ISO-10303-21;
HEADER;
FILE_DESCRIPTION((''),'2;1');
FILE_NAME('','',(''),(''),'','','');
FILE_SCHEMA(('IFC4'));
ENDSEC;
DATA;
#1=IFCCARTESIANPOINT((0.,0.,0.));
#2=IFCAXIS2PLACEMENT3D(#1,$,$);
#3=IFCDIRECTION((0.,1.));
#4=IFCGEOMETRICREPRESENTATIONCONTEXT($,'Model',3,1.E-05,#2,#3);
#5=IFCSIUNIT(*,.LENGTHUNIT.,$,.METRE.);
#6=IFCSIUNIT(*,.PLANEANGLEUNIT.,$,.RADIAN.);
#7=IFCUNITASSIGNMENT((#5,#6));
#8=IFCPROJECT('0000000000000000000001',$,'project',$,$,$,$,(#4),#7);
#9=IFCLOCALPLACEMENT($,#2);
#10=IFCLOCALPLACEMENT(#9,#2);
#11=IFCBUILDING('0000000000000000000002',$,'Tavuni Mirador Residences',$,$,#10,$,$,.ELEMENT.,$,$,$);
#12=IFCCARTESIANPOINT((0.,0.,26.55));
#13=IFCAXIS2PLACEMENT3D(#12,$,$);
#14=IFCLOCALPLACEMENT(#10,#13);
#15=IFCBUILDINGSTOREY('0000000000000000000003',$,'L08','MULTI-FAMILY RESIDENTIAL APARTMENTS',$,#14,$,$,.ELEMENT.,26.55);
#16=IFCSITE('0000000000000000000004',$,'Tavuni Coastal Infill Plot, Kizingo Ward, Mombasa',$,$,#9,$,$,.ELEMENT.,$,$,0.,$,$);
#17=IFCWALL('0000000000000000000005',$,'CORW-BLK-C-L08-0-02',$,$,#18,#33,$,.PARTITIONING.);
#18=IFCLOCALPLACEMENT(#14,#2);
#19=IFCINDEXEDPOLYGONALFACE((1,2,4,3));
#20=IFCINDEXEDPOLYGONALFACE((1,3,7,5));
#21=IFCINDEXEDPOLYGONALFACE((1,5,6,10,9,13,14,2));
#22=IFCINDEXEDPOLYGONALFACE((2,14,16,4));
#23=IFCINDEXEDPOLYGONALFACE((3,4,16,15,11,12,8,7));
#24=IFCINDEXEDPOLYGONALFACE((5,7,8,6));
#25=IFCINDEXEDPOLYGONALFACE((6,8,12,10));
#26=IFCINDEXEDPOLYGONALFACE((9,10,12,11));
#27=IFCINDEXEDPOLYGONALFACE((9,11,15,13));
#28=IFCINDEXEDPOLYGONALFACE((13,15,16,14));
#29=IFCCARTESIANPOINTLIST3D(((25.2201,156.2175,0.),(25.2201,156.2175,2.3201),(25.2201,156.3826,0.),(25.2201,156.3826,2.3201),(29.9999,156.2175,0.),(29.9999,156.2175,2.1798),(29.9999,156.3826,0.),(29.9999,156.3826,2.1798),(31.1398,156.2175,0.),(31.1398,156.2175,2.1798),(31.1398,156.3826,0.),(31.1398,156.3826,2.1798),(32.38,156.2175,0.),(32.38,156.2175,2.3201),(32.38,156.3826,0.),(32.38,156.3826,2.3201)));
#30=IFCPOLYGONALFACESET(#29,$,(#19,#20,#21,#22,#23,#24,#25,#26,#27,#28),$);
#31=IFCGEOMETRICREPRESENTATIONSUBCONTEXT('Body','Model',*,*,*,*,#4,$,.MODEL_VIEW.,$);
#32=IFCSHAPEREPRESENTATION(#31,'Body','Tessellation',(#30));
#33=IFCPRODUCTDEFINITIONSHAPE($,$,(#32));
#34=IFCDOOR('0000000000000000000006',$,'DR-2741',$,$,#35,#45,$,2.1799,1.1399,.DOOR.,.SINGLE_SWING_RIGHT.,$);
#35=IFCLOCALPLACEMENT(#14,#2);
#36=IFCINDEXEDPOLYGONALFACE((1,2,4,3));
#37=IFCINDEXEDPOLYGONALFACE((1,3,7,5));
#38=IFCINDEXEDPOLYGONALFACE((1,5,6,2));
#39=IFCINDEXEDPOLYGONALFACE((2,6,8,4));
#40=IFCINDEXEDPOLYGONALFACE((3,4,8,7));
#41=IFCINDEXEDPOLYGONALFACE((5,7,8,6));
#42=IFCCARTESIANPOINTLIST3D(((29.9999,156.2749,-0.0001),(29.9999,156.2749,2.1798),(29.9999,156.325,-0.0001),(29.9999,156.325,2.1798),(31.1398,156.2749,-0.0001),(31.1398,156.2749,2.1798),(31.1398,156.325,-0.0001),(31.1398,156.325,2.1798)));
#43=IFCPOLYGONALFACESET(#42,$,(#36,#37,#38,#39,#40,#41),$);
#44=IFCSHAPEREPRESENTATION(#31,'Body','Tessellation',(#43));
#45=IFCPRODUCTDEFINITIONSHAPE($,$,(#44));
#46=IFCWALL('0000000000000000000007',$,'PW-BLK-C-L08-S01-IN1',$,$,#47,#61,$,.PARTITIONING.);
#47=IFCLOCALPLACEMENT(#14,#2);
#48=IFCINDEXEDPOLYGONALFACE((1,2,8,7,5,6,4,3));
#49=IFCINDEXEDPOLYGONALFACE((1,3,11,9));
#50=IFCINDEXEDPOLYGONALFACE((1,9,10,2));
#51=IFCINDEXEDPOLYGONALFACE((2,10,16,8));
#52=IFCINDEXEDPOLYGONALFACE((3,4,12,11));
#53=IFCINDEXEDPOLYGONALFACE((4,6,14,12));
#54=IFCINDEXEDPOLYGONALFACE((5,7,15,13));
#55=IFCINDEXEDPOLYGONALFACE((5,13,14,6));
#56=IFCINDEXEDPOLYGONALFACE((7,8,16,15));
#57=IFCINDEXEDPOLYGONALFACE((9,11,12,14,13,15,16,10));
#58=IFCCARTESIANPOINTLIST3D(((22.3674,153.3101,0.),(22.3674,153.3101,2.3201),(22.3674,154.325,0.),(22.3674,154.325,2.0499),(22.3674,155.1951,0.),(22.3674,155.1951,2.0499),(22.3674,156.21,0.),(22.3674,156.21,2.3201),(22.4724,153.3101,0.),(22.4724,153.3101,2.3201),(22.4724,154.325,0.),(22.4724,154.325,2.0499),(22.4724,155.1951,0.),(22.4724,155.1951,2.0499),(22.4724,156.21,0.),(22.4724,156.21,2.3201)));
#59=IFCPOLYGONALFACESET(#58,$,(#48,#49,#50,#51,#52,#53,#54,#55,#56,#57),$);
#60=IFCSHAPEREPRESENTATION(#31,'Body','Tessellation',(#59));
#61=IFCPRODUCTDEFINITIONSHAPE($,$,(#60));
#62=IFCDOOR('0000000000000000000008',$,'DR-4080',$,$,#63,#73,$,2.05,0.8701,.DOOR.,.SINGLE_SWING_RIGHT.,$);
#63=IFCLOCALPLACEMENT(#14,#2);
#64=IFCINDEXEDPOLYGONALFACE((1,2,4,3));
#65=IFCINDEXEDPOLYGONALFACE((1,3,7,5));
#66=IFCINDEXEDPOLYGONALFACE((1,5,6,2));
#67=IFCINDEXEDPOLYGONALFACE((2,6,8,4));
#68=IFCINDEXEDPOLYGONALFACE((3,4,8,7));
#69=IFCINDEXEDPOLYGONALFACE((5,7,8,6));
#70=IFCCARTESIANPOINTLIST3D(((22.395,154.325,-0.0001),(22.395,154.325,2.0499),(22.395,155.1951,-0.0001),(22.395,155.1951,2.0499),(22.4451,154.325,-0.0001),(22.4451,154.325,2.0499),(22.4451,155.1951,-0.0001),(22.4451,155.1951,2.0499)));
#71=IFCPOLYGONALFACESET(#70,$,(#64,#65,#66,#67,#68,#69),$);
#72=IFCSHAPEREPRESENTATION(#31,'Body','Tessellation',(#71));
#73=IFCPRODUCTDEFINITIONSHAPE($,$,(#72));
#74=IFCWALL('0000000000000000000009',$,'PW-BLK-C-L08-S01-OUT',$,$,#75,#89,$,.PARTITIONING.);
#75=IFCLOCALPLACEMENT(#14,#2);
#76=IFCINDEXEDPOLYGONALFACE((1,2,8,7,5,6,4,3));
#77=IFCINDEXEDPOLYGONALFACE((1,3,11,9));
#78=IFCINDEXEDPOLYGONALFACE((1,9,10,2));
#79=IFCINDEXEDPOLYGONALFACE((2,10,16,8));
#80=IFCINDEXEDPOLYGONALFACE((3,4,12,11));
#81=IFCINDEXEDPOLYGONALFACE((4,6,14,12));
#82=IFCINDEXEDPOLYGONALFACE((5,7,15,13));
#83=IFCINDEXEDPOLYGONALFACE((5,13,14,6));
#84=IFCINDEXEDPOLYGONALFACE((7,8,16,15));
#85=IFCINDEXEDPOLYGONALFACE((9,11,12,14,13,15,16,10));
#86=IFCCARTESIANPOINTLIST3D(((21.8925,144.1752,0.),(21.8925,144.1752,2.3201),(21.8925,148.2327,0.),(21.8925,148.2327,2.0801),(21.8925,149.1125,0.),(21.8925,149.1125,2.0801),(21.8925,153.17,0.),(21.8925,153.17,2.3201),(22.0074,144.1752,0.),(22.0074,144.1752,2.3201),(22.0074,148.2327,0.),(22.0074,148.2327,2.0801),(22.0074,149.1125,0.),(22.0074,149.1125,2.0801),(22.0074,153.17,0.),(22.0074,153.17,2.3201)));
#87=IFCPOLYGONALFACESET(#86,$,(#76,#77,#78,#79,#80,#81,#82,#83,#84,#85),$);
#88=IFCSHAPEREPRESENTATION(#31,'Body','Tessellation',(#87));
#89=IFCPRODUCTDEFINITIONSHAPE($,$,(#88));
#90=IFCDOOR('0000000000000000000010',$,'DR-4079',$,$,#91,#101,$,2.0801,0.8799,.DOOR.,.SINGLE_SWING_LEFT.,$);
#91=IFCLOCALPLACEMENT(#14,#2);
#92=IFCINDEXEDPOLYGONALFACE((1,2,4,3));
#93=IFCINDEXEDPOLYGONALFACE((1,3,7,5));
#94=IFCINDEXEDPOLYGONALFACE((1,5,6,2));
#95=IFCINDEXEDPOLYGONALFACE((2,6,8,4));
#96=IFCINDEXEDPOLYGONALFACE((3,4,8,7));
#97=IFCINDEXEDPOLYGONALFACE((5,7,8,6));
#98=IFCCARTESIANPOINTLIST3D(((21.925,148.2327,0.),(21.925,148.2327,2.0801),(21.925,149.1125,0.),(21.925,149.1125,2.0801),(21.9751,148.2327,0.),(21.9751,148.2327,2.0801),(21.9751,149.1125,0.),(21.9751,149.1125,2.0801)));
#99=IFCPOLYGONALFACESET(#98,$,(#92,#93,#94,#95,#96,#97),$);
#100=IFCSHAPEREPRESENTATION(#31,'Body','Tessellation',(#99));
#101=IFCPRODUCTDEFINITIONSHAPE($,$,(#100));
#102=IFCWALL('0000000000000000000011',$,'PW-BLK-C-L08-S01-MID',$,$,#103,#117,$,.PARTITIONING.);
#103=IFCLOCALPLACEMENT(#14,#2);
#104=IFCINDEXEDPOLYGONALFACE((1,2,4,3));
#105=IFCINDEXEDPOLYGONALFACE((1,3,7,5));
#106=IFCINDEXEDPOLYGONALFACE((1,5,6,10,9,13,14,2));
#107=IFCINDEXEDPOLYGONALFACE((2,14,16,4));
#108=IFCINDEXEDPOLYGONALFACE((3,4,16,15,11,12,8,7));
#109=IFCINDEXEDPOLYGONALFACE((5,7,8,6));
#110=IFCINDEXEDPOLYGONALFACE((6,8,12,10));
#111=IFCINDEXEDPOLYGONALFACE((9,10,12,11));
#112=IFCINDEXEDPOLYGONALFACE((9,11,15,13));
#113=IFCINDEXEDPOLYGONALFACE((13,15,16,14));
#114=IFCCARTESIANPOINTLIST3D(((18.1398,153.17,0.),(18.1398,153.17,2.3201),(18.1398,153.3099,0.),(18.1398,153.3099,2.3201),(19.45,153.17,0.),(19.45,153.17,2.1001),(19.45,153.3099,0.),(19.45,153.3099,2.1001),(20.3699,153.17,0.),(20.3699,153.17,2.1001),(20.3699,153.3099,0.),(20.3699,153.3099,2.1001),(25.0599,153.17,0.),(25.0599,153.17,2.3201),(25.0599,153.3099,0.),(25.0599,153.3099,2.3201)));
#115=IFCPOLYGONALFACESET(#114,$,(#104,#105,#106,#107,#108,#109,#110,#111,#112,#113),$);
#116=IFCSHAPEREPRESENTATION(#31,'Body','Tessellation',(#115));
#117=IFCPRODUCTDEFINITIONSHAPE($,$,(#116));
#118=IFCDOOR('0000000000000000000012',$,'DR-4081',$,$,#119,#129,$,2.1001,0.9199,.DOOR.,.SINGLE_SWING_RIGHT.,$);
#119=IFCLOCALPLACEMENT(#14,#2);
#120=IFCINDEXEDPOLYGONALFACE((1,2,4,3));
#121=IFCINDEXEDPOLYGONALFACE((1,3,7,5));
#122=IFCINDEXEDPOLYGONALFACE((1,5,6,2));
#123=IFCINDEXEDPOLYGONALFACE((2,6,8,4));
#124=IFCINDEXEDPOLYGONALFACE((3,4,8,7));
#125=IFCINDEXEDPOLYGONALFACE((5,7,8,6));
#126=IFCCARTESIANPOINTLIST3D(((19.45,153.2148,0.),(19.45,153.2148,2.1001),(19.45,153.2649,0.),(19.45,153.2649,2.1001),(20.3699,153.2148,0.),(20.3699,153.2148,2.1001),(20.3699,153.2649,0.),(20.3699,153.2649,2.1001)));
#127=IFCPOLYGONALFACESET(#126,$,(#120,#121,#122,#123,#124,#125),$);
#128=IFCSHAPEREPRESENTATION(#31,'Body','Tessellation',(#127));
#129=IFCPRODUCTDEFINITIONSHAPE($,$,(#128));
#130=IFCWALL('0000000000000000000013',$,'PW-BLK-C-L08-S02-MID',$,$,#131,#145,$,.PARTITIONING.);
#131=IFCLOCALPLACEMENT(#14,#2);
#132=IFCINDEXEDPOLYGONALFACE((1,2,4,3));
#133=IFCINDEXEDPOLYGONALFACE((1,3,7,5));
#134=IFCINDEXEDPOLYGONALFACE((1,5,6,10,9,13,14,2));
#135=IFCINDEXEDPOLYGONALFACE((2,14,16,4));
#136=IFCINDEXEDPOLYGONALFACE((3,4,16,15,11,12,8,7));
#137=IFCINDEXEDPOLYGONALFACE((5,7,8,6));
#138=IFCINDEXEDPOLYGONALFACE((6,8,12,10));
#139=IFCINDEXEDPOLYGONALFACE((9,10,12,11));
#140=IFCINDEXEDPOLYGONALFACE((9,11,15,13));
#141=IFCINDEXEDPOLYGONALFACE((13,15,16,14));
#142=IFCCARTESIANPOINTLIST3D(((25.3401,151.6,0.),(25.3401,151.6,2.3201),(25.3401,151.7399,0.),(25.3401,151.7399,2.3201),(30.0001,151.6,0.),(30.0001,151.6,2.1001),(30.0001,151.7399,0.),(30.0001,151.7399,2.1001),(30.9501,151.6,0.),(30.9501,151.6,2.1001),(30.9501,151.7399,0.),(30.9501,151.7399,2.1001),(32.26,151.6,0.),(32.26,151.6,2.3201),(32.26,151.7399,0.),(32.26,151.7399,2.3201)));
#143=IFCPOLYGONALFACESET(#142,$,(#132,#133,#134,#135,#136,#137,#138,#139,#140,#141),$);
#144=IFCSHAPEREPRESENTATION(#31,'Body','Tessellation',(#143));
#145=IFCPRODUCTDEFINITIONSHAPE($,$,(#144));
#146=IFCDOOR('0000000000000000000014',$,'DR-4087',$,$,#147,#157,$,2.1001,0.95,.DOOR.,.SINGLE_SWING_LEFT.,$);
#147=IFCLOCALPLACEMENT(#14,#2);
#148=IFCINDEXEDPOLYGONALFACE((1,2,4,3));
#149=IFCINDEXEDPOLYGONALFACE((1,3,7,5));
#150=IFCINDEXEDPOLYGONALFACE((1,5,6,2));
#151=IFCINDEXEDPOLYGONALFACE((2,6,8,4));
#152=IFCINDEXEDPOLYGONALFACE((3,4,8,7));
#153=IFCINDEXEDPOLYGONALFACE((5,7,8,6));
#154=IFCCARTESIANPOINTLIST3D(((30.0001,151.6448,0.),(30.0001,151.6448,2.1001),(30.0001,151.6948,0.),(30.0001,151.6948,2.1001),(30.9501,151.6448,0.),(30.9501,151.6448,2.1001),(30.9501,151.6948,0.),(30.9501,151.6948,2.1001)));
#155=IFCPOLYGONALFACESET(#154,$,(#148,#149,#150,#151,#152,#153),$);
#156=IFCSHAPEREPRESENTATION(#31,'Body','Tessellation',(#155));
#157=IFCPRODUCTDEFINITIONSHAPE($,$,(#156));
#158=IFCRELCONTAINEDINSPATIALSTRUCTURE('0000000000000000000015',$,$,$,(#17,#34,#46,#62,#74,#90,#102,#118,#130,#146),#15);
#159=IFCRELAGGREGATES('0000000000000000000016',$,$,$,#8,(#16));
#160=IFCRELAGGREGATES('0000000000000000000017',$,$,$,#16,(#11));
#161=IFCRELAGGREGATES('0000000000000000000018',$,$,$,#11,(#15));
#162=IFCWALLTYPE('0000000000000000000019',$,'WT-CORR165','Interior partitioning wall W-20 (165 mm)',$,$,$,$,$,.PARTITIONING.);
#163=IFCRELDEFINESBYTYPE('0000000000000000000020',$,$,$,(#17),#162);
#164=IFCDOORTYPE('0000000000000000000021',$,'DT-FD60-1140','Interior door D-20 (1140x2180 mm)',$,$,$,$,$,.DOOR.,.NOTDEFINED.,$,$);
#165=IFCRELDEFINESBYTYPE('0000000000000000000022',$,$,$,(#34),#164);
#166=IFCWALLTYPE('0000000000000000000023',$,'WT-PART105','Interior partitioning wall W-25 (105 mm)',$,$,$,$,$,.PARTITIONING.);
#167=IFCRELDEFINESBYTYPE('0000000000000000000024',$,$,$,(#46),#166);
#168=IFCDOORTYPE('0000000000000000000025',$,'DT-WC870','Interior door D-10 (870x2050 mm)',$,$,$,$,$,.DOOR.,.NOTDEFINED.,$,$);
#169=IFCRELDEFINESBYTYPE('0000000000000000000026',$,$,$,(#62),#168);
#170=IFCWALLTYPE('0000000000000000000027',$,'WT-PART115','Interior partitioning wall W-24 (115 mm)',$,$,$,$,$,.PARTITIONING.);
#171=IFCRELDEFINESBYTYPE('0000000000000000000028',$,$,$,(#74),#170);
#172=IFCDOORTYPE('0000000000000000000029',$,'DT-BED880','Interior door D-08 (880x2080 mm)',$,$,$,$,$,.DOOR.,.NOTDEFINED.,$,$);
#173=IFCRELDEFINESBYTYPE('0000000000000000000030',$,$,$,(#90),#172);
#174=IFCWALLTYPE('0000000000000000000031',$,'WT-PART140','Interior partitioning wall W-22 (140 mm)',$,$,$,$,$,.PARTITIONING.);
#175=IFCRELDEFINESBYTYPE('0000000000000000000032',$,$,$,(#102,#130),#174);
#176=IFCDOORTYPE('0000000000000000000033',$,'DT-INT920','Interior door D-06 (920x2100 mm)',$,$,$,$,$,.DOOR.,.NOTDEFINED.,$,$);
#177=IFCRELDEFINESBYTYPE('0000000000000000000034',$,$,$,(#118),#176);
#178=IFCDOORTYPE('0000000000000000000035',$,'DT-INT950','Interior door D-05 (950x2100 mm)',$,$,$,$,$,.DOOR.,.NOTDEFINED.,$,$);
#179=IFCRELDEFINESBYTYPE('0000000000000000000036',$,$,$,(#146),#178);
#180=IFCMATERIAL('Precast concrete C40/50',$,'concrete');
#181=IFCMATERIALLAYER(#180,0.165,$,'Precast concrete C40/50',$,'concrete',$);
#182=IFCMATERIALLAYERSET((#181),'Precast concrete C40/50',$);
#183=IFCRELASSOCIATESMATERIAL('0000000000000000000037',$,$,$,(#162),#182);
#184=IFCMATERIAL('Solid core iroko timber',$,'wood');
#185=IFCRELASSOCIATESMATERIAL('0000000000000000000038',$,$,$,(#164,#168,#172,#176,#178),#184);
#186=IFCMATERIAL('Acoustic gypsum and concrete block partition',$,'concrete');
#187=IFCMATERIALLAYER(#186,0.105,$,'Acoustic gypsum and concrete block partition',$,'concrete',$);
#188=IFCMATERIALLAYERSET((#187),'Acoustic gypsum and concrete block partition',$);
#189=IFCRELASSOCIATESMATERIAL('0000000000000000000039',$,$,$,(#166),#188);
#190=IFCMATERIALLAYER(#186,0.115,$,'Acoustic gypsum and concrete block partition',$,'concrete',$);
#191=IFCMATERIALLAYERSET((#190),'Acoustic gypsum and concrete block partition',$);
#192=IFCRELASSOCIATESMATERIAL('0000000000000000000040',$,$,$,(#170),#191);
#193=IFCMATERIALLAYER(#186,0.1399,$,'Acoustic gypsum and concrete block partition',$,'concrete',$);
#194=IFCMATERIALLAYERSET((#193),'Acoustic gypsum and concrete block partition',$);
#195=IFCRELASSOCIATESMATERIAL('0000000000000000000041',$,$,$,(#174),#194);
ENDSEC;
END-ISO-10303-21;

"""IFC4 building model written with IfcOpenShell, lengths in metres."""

from ifc_helpers import new_model, si_unit, direction, frame, frame_2d, origin, place, context, subcontext, project, spatial, rectangle, extrude, material, layer, layer_set, type_object, element, fill, save


model = new_model("IFC4")

# Units and contexts
model_context = context("Model", 3, precision=1e-05, world=origin(), true_north=direction((0.0, 1.0)))
body_context = subcontext(model_context, "Body", "Model", "MODEL_VIEW")
ifc_project = project(units=[si_unit("LENGTHUNIT", "METRE"), si_unit("PLANEANGLEUNIT", "RADIAN")], contexts=[model_context])

# Site, building, storey
site_placement = place(None, origin())
site = spatial("IfcSite", under=ifc_project, at=site_placement, Name="Tavuni Coastal Infill Plot, Kizingo Ward, Mombasa", CompositionType="ELEMENT", RefElevation=0.0)
building_placement = place(site_placement, origin())
building = spatial("IfcBuilding", under=site, at=building_placement, Name="Tavuni Mirador Residences", CompositionType="ELEMENT")
storey_placement = place(building_placement, frame((0.0, 0.0, 26.55)))
storey = spatial("IfcBuildingStorey", under=building, at=storey_placement, Name="L08", Description="MULTI-FAMILY RESIDENTIAL APARTMENTS", CompositionType="ELEMENT", Elevation=26.55)

# Shared definitions
ifc_material_1 = material(Name="Precast concrete C40/50", Category="concrete")

# Walls, openings, doors
ifc_layer_1 = layer(ifc_material_1, 0.165, Name="Precast concrete C40/50", Category="concrete")
ifc_layer_set_1 = layer_set([ifc_layer_1], Name="Precast concrete C40/50")
wall_type_1 = type_object("IfcWallType", Name="WT-CORR165", Description="Interior partitioning wall W-20 (165 mm)", PredefinedType="PARTITIONING", material=ifc_layer_set_1)
ifc_material_2 = material(Name="Solid core iroko timber", Category="wood")
wall_1_placement = place(storey_placement, frame((25.22, 156.3, 0.0), z_axis=(0.0, 0.0, 1.0), x_axis=(1.0, 0.0, 0.0)))
wall_1 = element("IfcWall", 1, at=wall_1_placement, inside=storey, type_object=wall_type_1, Name="CORW-BLK-C-L08-0-02", PredefinedType="PARTITIONING", context=body_context, shape_type="SweptSolid", body=[
    extrude(rectangle(XDim=7.1599, YDim=0.165, at=frame_2d((3.5801, 0.0))), origin(), (0.0, 0.0, 1.0), 2.3201),
])
opening_1_placement = place(wall_1_placement, frame((4.78, 0.0, 0.0)))
opening_1 = element("IfcOpeningElement", 2, at=opening_1_placement, cuts=wall_1, PredefinedType="OPENING", context=body_context, shape_type="SweptSolid", body=[
    extrude(rectangle(XDim=1.1399, YDim=2.1799, at=frame_2d((0.5698, 1.0898))), frame((0.0, 0.0925, 0.0), z_axis=(0.0, -1.0, 0.0), x_axis=(1.0, 0.0, 0.0)), (0.0, 0.0, 1.0), 0.1851),
])
door_type_1 = type_object("IfcDoorType", Name="DT-FD60-1140", Description="Interior door D-20 (1140x2180 mm)", OperationType="NOTDEFINED", PredefinedType="DOOR", material=ifc_material_2)
door_1_placement = place(opening_1_placement, origin())
door_1 = element("IfcDoor", 3, at=door_1_placement, inside=storey, type_object=door_type_1, Name="DR-2741", OperationType="SINGLE_SWING_RIGHT", OverallHeight=2.1799, OverallWidth=1.1399, PredefinedType="DOOR", context=body_context, shape_type="SweptSolid", body=[
    extrude(rectangle(XDim=1.1399, YDim=2.1799, at=frame_2d((0.5698, 1.0898))), frame((0.0, 0.0249, 0.0), z_axis=(0.0, -1.0, 0.0), x_axis=(1.0, 0.0, 0.0)), (0.0, 0.0, 1.0), 0.05),
])
fill(opening_1, door_1)
ifc_material_3 = material(Name="Acoustic gypsum and concrete block partition", Category="concrete")
ifc_layer_2 = layer(ifc_material_3, 0.105, Name="Acoustic gypsum and concrete block partition", Category="concrete")
ifc_layer_set_2 = layer_set([ifc_layer_2], Name="Acoustic gypsum and concrete block partition")
wall_type_2 = type_object("IfcWallType", Name="WT-PART105", Description="Interior partitioning wall W-25 (105 mm)", PredefinedType="PARTITIONING", material=ifc_layer_set_2)
wall_2_placement = place(storey_placement, frame((22.4199, 153.3101, 0.0), z_axis=(0.0, 0.0, 1.0), x_axis=(0.0, 1.0, 0.0)))
wall_2 = element("IfcWall", 4, at=wall_2_placement, inside=storey, type_object=wall_type_2, Name="PW-BLK-C-L08-S01-IN1", PredefinedType="PARTITIONING", context=body_context, shape_type="SweptSolid", body=[
    extrude(rectangle(XDim=2.8999, YDim=0.105, at=frame_2d((1.45, 0.0))), origin(), (0.0, 0.0, 1.0), 2.3201),
])
opening_2_placement = place(wall_2_placement, frame((1.0149, 0.0, 0.0)))
opening_2 = element("IfcOpeningElement", 5, at=opening_2_placement, cuts=wall_2, PredefinedType="OPENING", context=body_context, shape_type="SweptSolid", body=[
    extrude(rectangle(XDim=0.8701, YDim=2.05, at=frame_2d((0.4351, 1.0249))), frame((0.0, 0.0625, 0.0), z_axis=(0.0, -1.0, 0.0), x_axis=(1.0, 0.0, 0.0)), (0.0, 0.0, 1.0), 0.125),
])
door_type_2 = type_object("IfcDoorType", Name="DT-WC870", Description="Interior door D-10 (870x2050 mm)", OperationType="NOTDEFINED", PredefinedType="DOOR", material=ifc_material_2)
door_2_placement = place(opening_2_placement, origin())
door_2 = element("IfcDoor", 6, at=door_2_placement, inside=storey, type_object=door_type_2, Name="DR-4080", OperationType="SINGLE_SWING_RIGHT", OverallHeight=2.05, OverallWidth=0.8701, PredefinedType="DOOR", context=body_context, shape_type="SweptSolid", body=[
    extrude(rectangle(XDim=0.8701, YDim=2.05, at=frame_2d((0.4351, 1.0249))), frame((0.0, 0.0249, 0.0), z_axis=(0.0, -1.0, 0.0), x_axis=(1.0, 0.0, 0.0)), (0.0, 0.0, 1.0), 0.05),
])
fill(opening_2, door_2)
ifc_layer_3 = layer(ifc_material_3, 0.115, Name="Acoustic gypsum and concrete block partition", Category="concrete")
ifc_layer_set_3 = layer_set([ifc_layer_3], Name="Acoustic gypsum and concrete block partition")
wall_type_3 = type_object("IfcWallType", Name="WT-PART115", Description="Interior partitioning wall W-24 (115 mm)", PredefinedType="PARTITIONING", material=ifc_layer_set_3)
wall_3_placement = place(storey_placement, frame((21.95, 144.175, 0.0), z_axis=(0.0, 0.0, 1.0), x_axis=(0.0, 1.0, 0.0)))
wall_3 = element("IfcWall", 7, at=wall_3_placement, inside=storey, type_object=wall_type_3, Name="PW-BLK-C-L08-S01-OUT", PredefinedType="PARTITIONING", context=body_context, shape_type="SweptSolid", body=[
    extrude(rectangle(XDim=8.9949, YDim=0.115, at=frame_2d((4.4976, 0.0))), origin(), (0.0, 0.0, 1.0), 2.3201),
])
opening_3_placement = place(wall_3_placement, frame((4.0576, 0.0, 0.0)))
opening_3 = element("IfcOpeningElement", 8, at=opening_3_placement, cuts=wall_3, PredefinedType="OPENING", context=body_context, shape_type="SweptSolid", body=[
    extrude(rectangle(XDim=0.8799, YDim=2.0801, at=frame_2d((0.4399, 1.04))), frame((0.0, 0.0674, 0.0), z_axis=(0.0, -1.0, 0.0), x_axis=(1.0, 0.0, 0.0)), (0.0, 0.0, 1.0), 0.135),
])
door_type_3 = type_object("IfcDoorType", Name="DT-BED880", Description="Interior door D-08 (880x2080 mm)", OperationType="NOTDEFINED", PredefinedType="DOOR", material=ifc_material_2)
door_3_placement = place(opening_3_placement, origin())
door_3 = element("IfcDoor", 9, at=door_3_placement, inside=storey, type_object=door_type_3, Name="DR-4079", OperationType="SINGLE_SWING_LEFT", OverallHeight=2.0801, OverallWidth=0.8799, PredefinedType="DOOR", context=body_context, shape_type="SweptSolid", body=[
    extrude(rectangle(XDim=0.8799, YDim=2.0801, at=frame_2d((0.4399, 1.04))), frame((0.0, 0.0249, 0.0), z_axis=(0.0, -1.0, 0.0), x_axis=(1.0, 0.0, 0.0)), (0.0, 0.0, 1.0), 0.05),
])
fill(opening_3, door_3)
ifc_layer_4 = layer(ifc_material_3, 0.1399, Name="Acoustic gypsum and concrete block partition", Category="concrete")
ifc_layer_set_4 = layer_set([ifc_layer_4], Name="Acoustic gypsum and concrete block partition")
wall_type_4 = type_object("IfcWallType", Name="WT-PART140", Description="Interior partitioning wall W-22 (140 mm)", PredefinedType="PARTITIONING", material=ifc_layer_set_4)
wall_4_placement = place(storey_placement, frame((18.1399, 153.24, 0.0), z_axis=(0.0, 0.0, 1.0), x_axis=(1.0, 0.0, 0.0)))
wall_4 = element("IfcWall", 10, at=wall_4_placement, inside=storey, type_object=wall_type_4, Name="PW-BLK-C-L08-S01-MID", PredefinedType="PARTITIONING", context=body_context, shape_type="SweptSolid", body=[
    extrude(rectangle(XDim=6.9202, YDim=0.1399, at=frame_2d((3.46, 0.0))), origin(), (0.0, 0.0, 1.0), 2.3201),
])
opening_4_placement = place(wall_4_placement, frame((1.3101, 0.0, 0.0)))
opening_4 = element("IfcOpeningElement", 11, at=opening_4_placement, cuts=wall_4, PredefinedType="OPENING", context=body_context, shape_type="SweptSolid", body=[
    extrude(rectangle(XDim=0.9199, YDim=2.1001, at=frame_2d((0.46, 1.05))), frame((0.0, 0.0801, 0.0), z_axis=(0.0, -1.0, 0.0), x_axis=(1.0, 0.0, 0.0)), (0.0, 0.0, 1.0), 0.1599),
])
door_type_4 = type_object("IfcDoorType", Name="DT-INT920", Description="Interior door D-06 (920x2100 mm)", OperationType="NOTDEFINED", PredefinedType="DOOR", material=ifc_material_2)
door_4_placement = place(opening_4_placement, origin())
door_4 = element("IfcDoor", 12, at=door_4_placement, inside=storey, type_object=door_type_4, Name="DR-4081", OperationType="SINGLE_SWING_RIGHT", OverallHeight=2.1001, OverallWidth=0.9199, PredefinedType="DOOR", context=body_context, shape_type="SweptSolid", body=[
    extrude(rectangle(XDim=0.9199, YDim=2.1001, at=frame_2d((0.46, 1.05))), frame((0.0, 0.0249, 0.0), z_axis=(0.0, -1.0, 0.0), x_axis=(1.0, 0.0, 0.0)), (0.0, 0.0, 1.0), 0.05),
])
fill(opening_4, door_4)
wall_5_placement = place(storey_placement, frame((25.3401, 151.6699, 0.0), z_axis=(0.0, 0.0, 1.0), x_axis=(1.0, 0.0, 0.0)))
wall_5 = element("IfcWall", 13, at=wall_5_placement, inside=storey, type_object=wall_type_4, Name="PW-BLK-C-L08-S02-MID", PredefinedType="PARTITIONING", context=body_context, shape_type="SweptSolid", body=[
    extrude(rectangle(XDim=6.9199, YDim=0.1399, at=frame_2d((3.46, 0.0))), origin(), (0.0, 0.0, 1.0), 2.3201),
])
opening_5_placement = place(wall_5_placement, frame((4.6599, 0.0, 0.0)))
opening_5 = element("IfcOpeningElement", 14, at=opening_5_placement, cuts=wall_5, PredefinedType="OPENING", context=body_context, shape_type="SweptSolid", body=[
    extrude(rectangle(XDim=0.95, YDim=2.1001, at=frame_2d((0.4751, 1.05))), frame((0.0, 0.0801, 0.0), z_axis=(0.0, -1.0, 0.0), x_axis=(1.0, 0.0, 0.0)), (0.0, 0.0, 1.0), 0.1599),
])
door_type_5 = type_object("IfcDoorType", Name="DT-INT950", Description="Interior door D-05 (950x2100 mm)", OperationType="NOTDEFINED", PredefinedType="DOOR", material=ifc_material_2)
door_5_placement = place(opening_5_placement, origin())
door_5 = element("IfcDoor", 15, at=door_5_placement, inside=storey, type_object=door_type_5, Name="DR-4087", OperationType="SINGLE_SWING_LEFT", OverallHeight=2.1001, OverallWidth=0.95, PredefinedType="DOOR", context=body_context, shape_type="SweptSolid", body=[
    extrude(rectangle(XDim=0.95, YDim=2.1001, at=frame_2d((0.4751, 1.05))), frame((0.0, 0.0249, 0.0), z_axis=(0.0, -1.0, 0.0), x_axis=(1.0, 0.0, 0.0)), (0.0, 0.0, 1.0), 0.05),
])
fill(opening_5, door_5)

save(model, "model.ifc")
